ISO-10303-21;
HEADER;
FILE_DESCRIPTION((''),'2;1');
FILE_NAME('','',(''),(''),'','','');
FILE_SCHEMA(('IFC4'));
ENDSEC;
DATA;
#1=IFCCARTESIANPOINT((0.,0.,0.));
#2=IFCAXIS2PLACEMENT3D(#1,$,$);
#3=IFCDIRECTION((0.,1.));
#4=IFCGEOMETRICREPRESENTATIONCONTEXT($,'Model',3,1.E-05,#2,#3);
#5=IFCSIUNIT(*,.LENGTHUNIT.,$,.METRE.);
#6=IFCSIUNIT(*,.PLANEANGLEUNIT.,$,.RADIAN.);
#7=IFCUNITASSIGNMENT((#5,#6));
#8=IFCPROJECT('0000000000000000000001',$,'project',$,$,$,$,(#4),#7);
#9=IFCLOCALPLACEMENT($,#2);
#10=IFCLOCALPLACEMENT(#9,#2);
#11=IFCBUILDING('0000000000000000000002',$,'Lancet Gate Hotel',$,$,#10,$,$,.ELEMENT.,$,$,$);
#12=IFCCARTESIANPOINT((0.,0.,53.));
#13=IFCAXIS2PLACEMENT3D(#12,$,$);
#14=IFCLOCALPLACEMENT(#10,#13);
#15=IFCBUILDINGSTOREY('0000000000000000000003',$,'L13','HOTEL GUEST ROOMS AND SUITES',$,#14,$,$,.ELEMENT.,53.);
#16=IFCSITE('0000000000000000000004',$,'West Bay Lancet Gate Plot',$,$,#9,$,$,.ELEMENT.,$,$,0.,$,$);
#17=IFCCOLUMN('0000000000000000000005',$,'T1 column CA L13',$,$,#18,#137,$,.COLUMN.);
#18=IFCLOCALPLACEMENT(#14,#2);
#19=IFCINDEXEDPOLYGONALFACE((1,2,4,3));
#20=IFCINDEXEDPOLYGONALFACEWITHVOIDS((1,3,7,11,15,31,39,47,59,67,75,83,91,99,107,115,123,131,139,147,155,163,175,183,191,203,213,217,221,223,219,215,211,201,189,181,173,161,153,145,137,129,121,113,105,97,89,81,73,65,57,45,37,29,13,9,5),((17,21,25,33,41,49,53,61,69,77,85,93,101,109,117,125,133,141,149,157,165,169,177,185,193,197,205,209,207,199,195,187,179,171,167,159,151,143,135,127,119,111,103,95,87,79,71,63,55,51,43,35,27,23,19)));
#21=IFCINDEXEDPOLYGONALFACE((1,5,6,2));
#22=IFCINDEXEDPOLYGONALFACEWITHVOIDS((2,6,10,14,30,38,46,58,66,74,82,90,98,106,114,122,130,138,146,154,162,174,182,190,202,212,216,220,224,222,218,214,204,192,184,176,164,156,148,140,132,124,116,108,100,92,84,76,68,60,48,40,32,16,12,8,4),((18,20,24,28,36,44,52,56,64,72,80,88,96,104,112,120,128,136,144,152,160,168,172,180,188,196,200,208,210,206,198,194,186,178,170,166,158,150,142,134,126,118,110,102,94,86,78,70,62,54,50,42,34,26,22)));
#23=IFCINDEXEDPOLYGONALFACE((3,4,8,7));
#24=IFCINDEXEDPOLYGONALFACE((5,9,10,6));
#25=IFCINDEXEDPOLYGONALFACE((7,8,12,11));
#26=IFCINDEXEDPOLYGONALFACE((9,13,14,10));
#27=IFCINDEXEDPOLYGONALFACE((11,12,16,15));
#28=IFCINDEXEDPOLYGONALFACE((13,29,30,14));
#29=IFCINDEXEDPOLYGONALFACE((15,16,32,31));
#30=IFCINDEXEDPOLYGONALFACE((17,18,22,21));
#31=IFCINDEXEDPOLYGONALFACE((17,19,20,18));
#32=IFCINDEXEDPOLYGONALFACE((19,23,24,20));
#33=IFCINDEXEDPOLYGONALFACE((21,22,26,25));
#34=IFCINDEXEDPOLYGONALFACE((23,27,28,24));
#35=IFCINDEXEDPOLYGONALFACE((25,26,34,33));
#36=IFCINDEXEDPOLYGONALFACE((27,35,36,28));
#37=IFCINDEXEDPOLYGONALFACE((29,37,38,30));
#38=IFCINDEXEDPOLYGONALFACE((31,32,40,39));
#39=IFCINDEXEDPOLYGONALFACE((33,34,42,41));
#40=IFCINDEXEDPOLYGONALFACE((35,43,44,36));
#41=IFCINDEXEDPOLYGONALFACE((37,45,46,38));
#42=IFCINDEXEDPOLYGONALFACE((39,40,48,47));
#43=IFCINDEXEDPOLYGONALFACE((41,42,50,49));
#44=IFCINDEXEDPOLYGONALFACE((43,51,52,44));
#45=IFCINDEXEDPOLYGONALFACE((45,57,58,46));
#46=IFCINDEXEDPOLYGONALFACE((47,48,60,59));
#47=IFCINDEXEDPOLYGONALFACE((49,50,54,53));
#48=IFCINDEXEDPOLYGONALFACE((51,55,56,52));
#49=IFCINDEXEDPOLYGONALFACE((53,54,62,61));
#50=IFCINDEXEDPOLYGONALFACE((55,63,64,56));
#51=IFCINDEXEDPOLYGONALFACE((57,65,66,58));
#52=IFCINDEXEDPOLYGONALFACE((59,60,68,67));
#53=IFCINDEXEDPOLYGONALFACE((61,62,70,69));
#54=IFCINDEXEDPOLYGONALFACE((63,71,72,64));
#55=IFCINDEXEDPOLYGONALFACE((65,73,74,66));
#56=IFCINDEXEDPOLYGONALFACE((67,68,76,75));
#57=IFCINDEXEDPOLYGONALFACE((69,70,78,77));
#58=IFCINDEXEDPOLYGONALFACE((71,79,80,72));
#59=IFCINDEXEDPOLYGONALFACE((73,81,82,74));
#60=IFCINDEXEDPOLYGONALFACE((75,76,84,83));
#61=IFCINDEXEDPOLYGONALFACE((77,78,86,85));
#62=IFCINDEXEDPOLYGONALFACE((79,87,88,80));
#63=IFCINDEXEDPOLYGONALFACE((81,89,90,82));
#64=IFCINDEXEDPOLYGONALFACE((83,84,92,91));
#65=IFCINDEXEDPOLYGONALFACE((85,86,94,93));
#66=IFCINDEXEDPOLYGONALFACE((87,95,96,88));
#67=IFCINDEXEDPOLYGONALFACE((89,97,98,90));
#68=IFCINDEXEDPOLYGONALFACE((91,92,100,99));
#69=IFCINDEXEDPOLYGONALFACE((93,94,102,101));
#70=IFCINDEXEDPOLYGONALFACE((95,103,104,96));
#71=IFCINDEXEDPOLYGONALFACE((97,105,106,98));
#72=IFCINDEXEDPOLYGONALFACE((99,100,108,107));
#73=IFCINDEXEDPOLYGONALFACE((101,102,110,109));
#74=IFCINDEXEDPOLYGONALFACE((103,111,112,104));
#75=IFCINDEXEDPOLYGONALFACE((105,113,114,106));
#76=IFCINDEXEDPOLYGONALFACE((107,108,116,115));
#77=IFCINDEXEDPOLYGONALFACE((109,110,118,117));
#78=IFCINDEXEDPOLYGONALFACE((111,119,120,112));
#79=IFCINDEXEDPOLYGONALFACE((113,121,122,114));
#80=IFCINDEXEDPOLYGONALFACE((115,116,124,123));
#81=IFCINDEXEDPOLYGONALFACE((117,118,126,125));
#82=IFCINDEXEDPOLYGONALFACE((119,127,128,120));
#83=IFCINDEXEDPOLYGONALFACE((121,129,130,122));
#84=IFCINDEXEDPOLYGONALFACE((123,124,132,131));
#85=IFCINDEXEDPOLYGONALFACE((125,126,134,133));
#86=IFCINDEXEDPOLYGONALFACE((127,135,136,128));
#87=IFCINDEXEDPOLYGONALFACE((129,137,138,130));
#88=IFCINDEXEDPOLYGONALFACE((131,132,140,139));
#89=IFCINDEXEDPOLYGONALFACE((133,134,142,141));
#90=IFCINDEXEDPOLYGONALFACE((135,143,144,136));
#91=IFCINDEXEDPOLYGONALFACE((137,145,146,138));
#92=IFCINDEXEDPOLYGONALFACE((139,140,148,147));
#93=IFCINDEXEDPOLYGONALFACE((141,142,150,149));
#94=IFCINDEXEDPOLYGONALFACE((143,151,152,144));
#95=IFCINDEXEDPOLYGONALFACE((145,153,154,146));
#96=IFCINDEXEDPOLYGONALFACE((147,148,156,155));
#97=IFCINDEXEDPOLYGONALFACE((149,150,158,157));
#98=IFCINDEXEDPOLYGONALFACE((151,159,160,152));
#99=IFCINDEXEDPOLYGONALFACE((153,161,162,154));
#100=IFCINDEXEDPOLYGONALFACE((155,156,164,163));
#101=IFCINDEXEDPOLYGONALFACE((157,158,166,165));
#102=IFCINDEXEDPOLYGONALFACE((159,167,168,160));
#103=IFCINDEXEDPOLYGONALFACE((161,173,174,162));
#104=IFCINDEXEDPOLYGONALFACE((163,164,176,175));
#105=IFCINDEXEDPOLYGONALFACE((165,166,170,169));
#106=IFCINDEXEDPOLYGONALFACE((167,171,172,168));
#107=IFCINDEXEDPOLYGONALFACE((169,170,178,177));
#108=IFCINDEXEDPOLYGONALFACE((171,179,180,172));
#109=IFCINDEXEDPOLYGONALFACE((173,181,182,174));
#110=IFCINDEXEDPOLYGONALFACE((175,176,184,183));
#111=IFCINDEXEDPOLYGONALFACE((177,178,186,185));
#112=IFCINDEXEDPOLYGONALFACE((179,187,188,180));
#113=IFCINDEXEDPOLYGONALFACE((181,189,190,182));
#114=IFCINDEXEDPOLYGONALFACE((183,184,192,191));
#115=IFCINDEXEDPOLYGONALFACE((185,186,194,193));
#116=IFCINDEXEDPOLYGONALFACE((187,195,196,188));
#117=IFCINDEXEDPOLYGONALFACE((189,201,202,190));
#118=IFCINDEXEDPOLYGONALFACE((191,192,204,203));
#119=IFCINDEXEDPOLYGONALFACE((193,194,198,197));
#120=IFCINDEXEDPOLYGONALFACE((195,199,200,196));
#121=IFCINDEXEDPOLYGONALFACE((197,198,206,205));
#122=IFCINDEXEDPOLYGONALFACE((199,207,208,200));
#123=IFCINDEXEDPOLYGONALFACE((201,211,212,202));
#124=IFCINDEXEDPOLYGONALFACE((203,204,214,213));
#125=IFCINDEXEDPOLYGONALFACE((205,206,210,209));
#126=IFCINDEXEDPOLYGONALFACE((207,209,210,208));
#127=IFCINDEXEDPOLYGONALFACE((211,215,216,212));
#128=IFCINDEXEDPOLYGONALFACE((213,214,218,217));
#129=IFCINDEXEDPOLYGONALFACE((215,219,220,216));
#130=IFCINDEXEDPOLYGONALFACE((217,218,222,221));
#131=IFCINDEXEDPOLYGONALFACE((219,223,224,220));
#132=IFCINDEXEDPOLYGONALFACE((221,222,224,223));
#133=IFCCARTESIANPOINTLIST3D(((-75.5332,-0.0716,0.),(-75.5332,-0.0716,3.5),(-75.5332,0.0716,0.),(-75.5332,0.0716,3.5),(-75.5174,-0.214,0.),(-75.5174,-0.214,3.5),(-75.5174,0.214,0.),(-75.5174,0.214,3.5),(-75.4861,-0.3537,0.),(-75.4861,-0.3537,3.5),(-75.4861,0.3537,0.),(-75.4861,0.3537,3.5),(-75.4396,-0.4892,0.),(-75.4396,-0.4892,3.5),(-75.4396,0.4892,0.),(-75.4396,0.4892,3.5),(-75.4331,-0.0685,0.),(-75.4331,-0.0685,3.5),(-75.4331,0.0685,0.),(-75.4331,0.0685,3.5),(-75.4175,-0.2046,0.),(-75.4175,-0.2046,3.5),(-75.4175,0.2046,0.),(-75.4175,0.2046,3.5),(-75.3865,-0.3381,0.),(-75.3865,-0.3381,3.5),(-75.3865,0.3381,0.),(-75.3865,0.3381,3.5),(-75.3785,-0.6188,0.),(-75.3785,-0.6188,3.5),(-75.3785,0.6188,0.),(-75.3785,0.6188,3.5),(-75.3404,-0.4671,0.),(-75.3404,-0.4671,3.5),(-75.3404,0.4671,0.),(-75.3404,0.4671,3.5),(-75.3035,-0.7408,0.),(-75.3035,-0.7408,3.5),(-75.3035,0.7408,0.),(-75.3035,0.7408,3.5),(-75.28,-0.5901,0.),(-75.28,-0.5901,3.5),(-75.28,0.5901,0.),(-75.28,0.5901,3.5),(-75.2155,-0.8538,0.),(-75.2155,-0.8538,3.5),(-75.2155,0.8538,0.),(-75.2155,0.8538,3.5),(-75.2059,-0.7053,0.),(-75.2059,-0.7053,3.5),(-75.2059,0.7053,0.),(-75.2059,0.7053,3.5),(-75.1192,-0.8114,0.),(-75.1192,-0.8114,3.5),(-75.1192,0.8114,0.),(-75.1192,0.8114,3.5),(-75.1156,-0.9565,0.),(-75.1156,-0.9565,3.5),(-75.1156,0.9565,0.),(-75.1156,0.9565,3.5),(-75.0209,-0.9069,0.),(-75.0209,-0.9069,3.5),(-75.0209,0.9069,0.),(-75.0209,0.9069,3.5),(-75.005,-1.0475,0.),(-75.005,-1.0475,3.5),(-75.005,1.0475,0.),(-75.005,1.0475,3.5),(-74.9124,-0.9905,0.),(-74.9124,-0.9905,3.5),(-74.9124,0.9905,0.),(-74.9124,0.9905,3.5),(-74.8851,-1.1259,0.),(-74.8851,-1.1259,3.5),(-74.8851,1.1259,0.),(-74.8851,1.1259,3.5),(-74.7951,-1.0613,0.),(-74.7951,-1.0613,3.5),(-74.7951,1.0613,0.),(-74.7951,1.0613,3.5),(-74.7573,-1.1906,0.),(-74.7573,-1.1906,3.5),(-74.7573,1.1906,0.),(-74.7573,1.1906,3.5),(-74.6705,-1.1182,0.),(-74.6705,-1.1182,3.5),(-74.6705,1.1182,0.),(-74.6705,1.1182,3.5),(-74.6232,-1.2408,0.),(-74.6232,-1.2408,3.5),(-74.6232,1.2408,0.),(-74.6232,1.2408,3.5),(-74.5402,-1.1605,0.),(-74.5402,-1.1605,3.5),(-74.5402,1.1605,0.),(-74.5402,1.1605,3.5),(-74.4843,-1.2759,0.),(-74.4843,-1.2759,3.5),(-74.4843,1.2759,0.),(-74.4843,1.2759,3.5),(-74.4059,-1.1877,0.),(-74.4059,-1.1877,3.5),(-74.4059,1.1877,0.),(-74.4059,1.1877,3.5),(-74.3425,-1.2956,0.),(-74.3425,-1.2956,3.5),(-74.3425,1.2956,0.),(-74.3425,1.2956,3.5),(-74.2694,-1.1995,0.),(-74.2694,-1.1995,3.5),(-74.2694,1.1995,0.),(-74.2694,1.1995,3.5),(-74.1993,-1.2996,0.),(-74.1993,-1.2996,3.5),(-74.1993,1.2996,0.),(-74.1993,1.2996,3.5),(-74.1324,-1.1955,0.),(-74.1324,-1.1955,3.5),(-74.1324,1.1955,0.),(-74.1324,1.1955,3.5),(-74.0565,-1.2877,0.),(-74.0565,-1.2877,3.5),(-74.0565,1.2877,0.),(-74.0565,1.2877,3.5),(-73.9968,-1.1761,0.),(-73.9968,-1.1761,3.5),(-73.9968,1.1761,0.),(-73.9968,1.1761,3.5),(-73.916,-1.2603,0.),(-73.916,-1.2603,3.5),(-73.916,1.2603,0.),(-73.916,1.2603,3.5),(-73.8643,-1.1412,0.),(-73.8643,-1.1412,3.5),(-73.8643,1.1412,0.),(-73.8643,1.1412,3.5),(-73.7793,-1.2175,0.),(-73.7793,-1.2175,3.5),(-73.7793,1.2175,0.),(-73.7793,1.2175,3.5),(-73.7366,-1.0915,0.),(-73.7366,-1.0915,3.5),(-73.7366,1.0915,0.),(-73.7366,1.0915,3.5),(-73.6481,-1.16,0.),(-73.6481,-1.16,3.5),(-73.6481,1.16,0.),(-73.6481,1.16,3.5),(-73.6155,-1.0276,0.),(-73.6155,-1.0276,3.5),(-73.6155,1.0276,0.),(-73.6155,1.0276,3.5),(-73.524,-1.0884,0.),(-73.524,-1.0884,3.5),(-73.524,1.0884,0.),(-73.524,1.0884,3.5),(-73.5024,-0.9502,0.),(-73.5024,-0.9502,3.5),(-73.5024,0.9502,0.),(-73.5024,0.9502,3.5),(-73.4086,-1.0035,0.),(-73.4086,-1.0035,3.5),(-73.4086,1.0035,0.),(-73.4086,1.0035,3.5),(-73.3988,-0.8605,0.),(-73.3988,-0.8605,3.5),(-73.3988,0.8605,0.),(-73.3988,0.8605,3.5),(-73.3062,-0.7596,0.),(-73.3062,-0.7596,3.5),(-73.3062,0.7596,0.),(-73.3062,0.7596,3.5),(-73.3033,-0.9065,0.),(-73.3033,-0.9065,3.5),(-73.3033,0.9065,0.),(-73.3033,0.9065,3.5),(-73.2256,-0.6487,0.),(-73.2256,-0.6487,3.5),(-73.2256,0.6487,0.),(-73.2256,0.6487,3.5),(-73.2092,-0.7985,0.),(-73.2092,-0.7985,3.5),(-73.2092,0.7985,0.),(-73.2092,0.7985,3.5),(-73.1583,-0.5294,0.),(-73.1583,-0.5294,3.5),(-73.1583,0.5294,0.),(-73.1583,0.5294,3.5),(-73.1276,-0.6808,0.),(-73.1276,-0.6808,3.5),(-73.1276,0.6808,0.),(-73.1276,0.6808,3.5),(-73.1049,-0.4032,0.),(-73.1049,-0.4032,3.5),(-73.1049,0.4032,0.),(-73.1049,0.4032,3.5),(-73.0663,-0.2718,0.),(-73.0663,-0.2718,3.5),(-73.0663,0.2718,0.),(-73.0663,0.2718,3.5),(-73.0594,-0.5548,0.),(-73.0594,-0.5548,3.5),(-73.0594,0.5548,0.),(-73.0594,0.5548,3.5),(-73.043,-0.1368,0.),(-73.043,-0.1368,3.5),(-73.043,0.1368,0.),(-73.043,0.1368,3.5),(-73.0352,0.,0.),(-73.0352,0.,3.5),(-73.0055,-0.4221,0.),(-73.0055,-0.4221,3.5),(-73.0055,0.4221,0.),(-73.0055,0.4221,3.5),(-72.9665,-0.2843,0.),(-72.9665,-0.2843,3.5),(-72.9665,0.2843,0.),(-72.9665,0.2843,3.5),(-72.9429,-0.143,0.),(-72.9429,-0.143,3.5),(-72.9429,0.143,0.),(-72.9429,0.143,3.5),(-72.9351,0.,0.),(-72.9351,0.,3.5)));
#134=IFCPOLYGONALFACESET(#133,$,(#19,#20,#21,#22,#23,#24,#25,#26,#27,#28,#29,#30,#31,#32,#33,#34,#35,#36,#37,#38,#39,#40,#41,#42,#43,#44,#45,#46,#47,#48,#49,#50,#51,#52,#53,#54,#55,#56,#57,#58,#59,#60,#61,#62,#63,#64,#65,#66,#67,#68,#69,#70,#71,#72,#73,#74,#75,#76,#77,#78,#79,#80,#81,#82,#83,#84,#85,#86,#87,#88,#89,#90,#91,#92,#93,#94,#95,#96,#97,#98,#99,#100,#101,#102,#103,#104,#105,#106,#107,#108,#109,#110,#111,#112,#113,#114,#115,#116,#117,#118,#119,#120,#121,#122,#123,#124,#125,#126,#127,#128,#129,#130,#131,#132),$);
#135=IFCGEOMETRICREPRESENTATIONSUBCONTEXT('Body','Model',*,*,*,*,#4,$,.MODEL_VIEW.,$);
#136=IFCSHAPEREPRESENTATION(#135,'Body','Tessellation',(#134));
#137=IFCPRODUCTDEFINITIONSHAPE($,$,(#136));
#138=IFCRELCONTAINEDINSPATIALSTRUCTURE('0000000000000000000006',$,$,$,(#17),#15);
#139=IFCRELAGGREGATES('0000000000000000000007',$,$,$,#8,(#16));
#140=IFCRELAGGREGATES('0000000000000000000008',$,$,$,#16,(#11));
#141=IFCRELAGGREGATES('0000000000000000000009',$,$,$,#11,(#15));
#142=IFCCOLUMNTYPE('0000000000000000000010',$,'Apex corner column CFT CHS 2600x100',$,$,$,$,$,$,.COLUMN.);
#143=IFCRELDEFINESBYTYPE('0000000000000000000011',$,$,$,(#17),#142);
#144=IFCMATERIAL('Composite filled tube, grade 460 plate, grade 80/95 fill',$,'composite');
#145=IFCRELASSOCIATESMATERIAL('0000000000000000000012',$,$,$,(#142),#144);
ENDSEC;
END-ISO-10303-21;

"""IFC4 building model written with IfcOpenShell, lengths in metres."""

from ifc_helpers import new_model, si_unit, direction, frame, origin, origin_2d, place, context, subcontext, project, spatial, hollow_circle, extrude, material, material_profile, profile_set, type_object, element, save


model = new_model("IFC4")

# Units and contexts
model_context = context("Model", 3, precision=1e-05, world=origin(), true_north=direction((0.0, 1.0)))
body_context = subcontext(model_context, "Body", "Model", "MODEL_VIEW")
ifc_project = project(units=[si_unit("LENGTHUNIT", "METRE"), si_unit("PLANEANGLEUNIT", "RADIAN")], contexts=[model_context])

# Site, building, storey
site_placement = place(None, origin())
site = spatial("IfcSite", under=ifc_project, at=site_placement, Name="West Bay Lancet Gate Plot", CompositionType="ELEMENT", RefElevation=0.0)
building_placement = place(site_placement, origin())
building = spatial("IfcBuilding", under=site, at=building_placement, Name="Lancet Gate Hotel", CompositionType="ELEMENT")
storey_placement = place(building_placement, frame((0.0, 0.0, 53.0)))
storey = spatial("IfcBuildingStorey", under=building, at=storey_placement, Name="L13", Description="HOTEL GUEST ROOMS AND SUITES", CompositionType="ELEMENT", Elevation=53.0)

# Column
ifc_material_1 = material(Name="Composite filled tube, grade 460 plate, grade 80/95 fill", Category="composite")
ifc_material_profile_1 = material_profile(ifc_material_1, hollow_circle(Radius=1.3, WallThickness=0.1001, at=origin_2d()), Name="CHS 2600x100")
ifc_profile_set_1 = profile_set([ifc_material_profile_1], Name="Composite filled tube, grade 460 plate, grade 80/95 fill")
column_type_1 = type_object("IfcColumnType", Name="Apex corner column CFT CHS 2600x100", PredefinedType="COLUMN", material=ifc_profile_set_1)
column_1_placement = place(storey_placement, frame((-74.2351, 0.0, 0.0), z_axis=(0.0, 0.0, 1.0), x_axis=(1.0, 0.0, 0.0)))
element("IfcColumn", 1, at=column_1_placement, inside=storey, type_object=column_type_1, Name="T1 column CA L13", PredefinedType="COLUMN", context=body_context, shape_type="SweptSolid", body=[
    extrude(hollow_circle(Radius=1.3, WallThickness=0.1001, at=origin_2d()), origin(), (0.0, 0.0, 1.0), 3.5),
])

save(model, "model.ifc")
